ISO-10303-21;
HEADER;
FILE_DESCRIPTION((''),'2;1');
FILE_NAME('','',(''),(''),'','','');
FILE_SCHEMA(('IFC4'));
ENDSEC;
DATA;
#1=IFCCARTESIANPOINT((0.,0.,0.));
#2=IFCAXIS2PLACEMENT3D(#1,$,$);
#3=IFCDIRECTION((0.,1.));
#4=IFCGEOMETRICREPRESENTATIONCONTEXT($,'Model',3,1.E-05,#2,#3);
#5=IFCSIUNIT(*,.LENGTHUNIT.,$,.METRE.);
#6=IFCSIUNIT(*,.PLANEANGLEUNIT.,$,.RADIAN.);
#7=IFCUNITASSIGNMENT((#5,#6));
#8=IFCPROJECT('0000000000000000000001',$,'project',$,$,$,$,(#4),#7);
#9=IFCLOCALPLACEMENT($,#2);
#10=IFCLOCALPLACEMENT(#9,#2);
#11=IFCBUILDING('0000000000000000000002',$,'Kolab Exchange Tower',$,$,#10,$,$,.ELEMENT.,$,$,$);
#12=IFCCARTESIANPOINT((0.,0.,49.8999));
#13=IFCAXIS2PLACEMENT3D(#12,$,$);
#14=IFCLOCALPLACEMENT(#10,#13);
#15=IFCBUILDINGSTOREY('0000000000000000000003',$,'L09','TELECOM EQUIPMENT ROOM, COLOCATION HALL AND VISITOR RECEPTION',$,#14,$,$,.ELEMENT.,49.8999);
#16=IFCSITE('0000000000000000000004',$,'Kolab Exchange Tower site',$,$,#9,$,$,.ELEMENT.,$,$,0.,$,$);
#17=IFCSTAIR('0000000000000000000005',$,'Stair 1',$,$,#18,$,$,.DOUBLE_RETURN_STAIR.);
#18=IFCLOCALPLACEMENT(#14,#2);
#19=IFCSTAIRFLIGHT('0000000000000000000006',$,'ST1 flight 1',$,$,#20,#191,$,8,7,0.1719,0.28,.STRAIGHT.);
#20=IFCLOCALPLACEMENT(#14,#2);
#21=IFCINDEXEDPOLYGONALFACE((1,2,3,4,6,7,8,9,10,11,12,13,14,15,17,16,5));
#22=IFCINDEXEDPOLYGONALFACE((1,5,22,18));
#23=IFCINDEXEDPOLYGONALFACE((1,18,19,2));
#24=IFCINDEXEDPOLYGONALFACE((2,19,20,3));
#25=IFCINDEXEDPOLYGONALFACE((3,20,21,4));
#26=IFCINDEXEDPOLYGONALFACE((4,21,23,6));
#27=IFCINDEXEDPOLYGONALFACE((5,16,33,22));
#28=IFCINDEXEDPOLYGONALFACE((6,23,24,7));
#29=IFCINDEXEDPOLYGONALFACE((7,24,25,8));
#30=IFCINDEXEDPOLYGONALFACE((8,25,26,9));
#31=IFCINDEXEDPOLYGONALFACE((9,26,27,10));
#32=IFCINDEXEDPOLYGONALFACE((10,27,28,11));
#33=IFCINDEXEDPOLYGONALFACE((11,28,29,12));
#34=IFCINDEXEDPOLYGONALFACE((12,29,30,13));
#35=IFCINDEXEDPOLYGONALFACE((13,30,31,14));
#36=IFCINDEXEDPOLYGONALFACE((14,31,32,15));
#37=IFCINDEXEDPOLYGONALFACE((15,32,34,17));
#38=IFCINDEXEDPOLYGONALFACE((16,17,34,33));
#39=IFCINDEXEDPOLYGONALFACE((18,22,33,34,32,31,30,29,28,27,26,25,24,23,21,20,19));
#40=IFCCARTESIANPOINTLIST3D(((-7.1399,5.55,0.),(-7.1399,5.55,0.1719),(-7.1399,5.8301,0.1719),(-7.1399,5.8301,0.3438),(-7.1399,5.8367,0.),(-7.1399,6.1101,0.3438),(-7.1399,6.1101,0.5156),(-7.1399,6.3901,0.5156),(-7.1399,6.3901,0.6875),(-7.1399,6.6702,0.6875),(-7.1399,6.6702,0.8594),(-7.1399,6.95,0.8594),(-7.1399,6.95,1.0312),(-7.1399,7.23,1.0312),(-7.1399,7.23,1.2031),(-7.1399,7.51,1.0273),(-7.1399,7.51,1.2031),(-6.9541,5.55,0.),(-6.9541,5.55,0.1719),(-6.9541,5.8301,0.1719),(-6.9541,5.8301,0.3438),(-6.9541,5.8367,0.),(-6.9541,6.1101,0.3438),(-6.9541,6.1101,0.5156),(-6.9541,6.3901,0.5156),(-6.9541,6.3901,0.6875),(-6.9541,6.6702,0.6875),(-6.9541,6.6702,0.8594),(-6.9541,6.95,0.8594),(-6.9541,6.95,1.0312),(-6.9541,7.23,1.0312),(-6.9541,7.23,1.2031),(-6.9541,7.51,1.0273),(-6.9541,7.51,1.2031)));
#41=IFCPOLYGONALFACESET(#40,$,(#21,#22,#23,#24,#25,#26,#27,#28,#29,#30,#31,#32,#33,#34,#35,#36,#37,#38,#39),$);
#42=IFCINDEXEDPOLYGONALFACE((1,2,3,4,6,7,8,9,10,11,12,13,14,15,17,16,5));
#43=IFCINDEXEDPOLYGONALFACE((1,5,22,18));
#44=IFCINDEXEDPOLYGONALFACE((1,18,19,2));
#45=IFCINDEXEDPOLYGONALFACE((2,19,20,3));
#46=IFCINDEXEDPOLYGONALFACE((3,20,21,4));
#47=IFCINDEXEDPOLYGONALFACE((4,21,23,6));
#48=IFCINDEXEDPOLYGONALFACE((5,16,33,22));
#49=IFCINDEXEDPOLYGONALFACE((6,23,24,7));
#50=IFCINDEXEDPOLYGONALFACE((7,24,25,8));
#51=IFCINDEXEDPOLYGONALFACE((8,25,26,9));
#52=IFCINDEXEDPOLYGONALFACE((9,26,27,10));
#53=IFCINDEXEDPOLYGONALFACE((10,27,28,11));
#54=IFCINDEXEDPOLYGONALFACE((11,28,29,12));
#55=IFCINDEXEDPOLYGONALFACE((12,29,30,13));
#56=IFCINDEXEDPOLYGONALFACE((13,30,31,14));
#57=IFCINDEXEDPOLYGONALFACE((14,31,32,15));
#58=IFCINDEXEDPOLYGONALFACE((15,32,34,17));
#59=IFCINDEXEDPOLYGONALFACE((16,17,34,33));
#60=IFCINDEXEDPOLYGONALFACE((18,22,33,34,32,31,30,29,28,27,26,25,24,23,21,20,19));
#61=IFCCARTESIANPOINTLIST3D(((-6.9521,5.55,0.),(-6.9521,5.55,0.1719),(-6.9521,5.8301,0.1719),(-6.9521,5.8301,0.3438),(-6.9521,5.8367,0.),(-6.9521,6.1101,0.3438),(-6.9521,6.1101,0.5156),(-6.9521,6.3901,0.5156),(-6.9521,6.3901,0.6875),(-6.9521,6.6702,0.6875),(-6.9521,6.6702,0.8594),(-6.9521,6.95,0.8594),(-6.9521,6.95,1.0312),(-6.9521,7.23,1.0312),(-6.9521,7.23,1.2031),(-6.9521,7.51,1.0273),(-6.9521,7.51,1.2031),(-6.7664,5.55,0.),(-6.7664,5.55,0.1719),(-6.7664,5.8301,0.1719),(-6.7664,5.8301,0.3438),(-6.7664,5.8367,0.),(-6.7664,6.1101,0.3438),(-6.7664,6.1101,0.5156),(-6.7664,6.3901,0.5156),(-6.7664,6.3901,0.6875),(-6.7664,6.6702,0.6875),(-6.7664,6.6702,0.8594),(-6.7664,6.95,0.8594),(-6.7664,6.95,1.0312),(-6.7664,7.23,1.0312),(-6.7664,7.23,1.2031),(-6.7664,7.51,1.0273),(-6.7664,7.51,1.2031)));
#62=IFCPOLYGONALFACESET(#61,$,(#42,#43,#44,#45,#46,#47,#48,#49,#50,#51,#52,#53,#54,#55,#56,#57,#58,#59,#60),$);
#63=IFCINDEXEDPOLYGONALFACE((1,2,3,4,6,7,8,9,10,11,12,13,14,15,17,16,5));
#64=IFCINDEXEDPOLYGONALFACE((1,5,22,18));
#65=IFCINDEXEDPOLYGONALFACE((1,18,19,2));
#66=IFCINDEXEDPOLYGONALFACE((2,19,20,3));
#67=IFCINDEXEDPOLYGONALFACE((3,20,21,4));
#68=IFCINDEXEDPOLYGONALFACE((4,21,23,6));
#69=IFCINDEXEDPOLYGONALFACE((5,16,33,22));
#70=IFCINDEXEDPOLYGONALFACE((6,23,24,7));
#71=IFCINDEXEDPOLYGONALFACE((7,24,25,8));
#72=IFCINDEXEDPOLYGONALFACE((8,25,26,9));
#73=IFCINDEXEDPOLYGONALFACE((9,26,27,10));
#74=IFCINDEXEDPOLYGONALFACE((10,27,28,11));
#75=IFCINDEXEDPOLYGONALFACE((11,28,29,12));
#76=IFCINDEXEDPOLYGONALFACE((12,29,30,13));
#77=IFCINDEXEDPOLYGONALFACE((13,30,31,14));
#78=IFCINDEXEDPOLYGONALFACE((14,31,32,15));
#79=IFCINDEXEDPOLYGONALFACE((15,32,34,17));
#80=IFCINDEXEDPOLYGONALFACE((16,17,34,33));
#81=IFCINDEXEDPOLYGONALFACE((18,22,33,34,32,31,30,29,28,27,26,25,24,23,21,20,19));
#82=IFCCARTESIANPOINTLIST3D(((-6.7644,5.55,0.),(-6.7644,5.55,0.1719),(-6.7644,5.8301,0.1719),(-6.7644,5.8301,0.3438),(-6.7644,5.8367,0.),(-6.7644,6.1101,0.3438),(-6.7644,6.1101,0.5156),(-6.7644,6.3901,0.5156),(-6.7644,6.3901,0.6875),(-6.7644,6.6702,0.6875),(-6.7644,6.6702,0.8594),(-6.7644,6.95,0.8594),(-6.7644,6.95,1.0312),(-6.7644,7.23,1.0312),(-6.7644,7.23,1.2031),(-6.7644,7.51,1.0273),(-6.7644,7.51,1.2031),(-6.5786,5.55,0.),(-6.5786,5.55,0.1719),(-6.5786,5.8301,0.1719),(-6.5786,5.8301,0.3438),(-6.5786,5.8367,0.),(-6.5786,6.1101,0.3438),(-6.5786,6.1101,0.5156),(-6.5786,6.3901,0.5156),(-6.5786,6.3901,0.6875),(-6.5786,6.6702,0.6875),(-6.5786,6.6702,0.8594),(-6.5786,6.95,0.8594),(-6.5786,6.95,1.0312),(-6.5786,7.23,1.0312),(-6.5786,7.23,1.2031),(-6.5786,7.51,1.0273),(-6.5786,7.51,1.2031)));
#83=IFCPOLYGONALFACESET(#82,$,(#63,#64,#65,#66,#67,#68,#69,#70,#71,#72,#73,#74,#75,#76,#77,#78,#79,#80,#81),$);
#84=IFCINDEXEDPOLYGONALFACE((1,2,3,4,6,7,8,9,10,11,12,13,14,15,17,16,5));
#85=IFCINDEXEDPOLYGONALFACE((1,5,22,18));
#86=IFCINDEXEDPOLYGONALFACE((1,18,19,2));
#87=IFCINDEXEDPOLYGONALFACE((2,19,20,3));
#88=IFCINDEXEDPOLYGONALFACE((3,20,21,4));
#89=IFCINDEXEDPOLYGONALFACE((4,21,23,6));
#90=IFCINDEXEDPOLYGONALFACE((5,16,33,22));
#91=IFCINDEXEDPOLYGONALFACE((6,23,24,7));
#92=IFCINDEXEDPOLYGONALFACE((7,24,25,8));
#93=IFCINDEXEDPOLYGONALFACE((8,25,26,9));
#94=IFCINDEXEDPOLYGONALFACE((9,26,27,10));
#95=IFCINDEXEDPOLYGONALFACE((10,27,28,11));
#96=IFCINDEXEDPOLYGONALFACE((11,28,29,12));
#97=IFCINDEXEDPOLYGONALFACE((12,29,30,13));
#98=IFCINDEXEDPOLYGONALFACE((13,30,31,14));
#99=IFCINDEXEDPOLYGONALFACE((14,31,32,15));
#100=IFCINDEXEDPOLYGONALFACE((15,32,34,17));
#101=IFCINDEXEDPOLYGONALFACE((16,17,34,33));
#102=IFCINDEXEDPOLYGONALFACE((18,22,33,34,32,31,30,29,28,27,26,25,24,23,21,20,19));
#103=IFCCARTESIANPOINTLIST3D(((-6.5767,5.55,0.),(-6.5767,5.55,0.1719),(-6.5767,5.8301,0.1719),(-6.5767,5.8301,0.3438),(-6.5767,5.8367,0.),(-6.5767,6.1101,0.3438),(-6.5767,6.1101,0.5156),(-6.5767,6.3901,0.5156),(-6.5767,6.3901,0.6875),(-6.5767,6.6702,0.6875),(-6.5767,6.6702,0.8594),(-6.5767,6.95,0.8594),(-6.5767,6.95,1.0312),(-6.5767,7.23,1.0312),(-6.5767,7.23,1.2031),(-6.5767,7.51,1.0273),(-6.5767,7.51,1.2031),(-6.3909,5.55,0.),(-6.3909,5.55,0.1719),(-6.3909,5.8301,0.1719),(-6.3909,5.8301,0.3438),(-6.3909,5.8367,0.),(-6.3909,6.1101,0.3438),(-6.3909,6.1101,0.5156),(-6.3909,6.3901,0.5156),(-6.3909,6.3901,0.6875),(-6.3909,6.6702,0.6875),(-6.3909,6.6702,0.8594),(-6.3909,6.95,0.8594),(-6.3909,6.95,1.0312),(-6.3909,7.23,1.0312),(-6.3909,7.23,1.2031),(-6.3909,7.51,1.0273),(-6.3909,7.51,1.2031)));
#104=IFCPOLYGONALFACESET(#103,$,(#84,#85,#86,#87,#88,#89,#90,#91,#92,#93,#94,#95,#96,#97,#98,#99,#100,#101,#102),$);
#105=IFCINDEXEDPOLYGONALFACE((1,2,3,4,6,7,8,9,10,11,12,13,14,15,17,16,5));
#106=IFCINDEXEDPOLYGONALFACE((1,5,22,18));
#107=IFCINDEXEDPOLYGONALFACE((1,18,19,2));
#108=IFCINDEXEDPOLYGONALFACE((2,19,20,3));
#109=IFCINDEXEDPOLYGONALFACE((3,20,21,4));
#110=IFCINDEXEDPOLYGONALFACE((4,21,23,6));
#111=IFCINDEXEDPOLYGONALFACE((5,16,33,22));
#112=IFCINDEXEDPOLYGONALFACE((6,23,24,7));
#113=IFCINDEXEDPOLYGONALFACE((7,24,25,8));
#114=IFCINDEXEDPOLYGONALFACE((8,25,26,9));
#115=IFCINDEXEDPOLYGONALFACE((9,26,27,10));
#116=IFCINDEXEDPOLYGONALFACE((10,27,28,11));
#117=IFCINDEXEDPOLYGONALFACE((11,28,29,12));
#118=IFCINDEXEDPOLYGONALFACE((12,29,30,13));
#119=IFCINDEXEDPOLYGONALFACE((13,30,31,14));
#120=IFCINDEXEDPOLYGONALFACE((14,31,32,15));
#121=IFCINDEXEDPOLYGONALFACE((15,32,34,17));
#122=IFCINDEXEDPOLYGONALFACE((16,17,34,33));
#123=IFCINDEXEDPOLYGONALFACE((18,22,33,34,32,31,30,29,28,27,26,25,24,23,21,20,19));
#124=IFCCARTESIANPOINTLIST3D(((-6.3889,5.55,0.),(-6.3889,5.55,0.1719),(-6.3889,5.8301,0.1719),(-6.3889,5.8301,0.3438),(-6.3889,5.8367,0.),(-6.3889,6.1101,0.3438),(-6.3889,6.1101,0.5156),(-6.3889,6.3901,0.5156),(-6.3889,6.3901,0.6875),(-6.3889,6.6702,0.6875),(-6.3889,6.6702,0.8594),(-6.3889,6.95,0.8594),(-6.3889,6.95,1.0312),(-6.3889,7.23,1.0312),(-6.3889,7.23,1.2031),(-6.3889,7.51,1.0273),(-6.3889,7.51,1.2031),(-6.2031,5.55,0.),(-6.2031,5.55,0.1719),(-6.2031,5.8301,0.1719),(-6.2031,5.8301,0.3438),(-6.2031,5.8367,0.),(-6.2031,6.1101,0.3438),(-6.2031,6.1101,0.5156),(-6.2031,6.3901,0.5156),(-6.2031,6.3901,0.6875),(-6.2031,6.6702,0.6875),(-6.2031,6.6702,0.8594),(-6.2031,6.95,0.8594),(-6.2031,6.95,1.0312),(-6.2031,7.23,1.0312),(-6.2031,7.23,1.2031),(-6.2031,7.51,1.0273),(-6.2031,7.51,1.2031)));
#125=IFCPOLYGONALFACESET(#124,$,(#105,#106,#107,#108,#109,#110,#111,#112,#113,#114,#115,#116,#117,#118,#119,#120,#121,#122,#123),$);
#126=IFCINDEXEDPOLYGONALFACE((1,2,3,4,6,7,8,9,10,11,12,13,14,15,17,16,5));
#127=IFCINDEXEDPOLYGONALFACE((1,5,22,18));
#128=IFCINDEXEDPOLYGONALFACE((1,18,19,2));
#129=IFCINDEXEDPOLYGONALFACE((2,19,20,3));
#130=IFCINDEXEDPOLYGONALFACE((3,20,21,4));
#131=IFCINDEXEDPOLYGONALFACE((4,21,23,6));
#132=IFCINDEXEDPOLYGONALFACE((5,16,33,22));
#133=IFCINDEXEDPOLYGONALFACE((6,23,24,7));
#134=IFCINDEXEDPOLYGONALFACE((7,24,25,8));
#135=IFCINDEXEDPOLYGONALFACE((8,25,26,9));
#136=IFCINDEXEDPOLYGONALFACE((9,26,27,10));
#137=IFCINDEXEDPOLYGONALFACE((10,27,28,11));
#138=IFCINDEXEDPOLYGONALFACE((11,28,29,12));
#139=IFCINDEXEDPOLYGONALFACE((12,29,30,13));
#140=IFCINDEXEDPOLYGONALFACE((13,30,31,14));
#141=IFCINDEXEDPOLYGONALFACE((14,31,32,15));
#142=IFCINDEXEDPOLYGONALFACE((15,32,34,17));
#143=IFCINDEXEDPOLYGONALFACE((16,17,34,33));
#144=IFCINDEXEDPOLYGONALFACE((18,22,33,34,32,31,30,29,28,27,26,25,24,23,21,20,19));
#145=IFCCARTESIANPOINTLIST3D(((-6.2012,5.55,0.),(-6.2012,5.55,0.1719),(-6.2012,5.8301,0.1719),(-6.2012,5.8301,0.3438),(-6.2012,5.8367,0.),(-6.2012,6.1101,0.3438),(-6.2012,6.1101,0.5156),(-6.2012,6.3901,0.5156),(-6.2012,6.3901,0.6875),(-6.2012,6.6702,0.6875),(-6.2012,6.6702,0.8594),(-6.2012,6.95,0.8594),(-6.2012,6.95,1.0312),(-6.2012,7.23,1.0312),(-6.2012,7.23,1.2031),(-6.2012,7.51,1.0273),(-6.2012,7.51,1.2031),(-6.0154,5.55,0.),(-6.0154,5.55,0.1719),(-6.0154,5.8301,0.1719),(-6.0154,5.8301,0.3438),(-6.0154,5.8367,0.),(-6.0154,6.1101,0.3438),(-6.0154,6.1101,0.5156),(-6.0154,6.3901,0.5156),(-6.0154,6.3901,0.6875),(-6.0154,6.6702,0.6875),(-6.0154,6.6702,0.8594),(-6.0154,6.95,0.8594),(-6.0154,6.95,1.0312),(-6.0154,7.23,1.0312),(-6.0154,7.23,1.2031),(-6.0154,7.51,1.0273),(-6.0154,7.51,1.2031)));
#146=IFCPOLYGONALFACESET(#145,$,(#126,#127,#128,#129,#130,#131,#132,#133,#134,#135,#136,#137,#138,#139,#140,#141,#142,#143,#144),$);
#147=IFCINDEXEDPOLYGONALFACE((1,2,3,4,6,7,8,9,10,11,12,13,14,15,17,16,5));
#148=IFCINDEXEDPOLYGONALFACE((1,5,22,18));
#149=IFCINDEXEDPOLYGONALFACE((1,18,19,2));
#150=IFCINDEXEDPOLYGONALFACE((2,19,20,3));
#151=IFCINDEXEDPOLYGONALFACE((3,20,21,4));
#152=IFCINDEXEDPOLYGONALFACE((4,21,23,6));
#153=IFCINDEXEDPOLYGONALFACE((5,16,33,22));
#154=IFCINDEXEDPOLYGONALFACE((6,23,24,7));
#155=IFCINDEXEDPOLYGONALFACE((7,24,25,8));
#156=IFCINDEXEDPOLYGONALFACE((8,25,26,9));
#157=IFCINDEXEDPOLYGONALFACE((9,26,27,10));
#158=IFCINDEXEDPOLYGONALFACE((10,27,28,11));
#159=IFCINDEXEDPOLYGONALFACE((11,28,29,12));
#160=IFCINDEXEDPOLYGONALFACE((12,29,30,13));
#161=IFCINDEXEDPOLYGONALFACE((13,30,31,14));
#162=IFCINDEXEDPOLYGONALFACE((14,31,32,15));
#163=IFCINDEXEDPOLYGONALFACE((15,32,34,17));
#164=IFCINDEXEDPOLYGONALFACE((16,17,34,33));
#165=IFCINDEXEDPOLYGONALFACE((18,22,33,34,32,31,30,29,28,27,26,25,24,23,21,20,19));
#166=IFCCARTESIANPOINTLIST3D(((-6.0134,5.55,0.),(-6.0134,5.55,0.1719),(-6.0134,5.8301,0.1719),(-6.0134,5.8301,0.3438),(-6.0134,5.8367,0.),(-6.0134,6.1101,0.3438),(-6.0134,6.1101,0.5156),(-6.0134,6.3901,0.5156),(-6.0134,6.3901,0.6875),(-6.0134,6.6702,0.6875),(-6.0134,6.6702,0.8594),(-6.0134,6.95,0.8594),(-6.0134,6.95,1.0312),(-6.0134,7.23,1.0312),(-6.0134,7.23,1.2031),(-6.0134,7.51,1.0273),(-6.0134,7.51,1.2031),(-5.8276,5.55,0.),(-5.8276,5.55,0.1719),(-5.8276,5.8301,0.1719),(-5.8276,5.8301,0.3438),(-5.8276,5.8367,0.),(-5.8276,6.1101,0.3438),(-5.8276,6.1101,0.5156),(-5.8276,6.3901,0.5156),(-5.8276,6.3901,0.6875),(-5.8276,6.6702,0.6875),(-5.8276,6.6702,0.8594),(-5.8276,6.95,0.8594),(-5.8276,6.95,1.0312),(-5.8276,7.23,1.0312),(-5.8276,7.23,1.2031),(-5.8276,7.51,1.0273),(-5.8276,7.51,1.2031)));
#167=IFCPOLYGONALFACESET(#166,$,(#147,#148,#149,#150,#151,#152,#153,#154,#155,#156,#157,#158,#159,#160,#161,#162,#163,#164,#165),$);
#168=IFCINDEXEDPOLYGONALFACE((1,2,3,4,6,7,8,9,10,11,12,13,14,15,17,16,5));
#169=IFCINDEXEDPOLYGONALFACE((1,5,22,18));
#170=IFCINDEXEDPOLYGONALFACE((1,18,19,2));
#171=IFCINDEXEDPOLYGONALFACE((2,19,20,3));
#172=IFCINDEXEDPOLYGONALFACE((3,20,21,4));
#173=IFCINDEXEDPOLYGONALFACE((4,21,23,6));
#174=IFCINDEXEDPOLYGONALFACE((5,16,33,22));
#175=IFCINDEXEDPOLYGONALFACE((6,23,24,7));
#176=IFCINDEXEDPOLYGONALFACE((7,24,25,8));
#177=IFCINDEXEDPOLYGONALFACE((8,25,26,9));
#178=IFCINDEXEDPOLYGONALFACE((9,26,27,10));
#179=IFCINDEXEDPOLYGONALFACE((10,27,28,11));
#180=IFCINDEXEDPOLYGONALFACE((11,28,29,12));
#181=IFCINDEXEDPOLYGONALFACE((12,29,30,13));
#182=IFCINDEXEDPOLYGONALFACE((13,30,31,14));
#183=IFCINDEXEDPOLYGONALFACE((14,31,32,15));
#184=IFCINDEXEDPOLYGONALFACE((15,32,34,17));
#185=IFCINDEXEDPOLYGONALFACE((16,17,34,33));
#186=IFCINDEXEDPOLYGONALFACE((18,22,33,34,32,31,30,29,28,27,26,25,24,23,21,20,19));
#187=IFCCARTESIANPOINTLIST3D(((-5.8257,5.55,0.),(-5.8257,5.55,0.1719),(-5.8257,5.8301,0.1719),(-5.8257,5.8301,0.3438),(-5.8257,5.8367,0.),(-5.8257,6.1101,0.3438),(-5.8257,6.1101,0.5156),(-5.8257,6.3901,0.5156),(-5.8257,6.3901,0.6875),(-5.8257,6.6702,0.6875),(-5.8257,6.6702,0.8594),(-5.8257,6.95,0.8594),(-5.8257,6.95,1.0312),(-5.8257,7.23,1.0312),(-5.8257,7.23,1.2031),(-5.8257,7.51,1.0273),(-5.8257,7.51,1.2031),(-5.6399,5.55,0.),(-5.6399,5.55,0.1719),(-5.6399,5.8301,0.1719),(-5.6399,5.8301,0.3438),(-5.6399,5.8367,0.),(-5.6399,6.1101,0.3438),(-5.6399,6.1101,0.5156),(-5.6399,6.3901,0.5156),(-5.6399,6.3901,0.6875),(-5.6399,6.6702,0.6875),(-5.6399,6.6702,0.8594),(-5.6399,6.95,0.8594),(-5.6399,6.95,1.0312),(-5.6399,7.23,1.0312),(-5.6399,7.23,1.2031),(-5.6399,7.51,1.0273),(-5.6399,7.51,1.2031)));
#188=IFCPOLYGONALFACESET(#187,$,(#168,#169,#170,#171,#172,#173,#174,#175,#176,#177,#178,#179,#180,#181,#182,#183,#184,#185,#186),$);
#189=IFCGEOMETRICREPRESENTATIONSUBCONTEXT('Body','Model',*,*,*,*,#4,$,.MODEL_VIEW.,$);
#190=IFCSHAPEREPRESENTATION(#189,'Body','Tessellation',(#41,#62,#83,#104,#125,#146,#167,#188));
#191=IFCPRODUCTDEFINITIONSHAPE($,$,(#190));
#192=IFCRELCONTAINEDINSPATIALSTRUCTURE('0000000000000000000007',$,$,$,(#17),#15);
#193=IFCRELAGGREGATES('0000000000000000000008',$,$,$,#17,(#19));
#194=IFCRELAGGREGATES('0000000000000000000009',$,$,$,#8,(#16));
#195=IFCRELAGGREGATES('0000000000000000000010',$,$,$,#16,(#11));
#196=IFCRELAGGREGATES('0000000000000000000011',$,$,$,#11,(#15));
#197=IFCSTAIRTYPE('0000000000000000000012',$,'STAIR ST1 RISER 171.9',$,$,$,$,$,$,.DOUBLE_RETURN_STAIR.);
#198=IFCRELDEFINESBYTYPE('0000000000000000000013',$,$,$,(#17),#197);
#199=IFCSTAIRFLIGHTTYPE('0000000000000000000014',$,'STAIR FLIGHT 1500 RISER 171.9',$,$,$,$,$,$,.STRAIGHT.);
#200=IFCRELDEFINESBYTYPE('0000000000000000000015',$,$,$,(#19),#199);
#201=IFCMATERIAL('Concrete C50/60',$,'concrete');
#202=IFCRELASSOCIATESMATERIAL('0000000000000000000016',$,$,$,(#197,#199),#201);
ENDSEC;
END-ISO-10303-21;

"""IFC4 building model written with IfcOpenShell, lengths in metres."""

from ifc_helpers import new_model, si_unit, direction, frame, origin, place, context, subcontext, project, spatial, polyline, outline, extrude, material, type_object, element, aggregate, save


model = new_model("IFC4")

# Units and contexts
model_context = context("Model", 3, precision=1e-05, world=origin(), true_north=direction((0.0, 1.0)))
body_context = subcontext(model_context, "Body", "Model", "MODEL_VIEW")
ifc_project = project(units=[si_unit("LENGTHUNIT", "METRE"), si_unit("PLANEANGLEUNIT", "RADIAN")], contexts=[model_context])

# Site, building, storey
site_placement = place(None, origin())
site = spatial("IfcSite", under=ifc_project, at=site_placement, Name="Kolab Exchange Tower site", CompositionType="ELEMENT", RefElevation=0.0)
building_placement = place(site_placement, origin())
building = spatial("IfcBuilding", under=site, at=building_placement, Name="Kolab Exchange Tower", CompositionType="ELEMENT")
storey_placement = place(building_placement, frame((0.0, 0.0, 49.8999)))
storey = spatial("IfcBuildingStorey", under=building, at=storey_placement, Name="L09", Description="TELECOM EQUIPMENT ROOM, COLOCATION HALL AND VISITOR RECEPTION", CompositionType="ELEMENT", Elevation=49.8999)

# Shared definitions
ifc_material_1 = material(Name="Concrete C50/60", Category="concrete")

# Stair, stair flight
stair_type = type_object("IfcStairType", Name="STAIR ST1 RISER 171.9", PredefinedType="DOUBLE_RETURN_STAIR", material=ifc_material_1)
stair_placement = place(storey_placement, origin())
stair = element("IfcStair", 1, at=stair_placement, inside=storey, type_object=stair_type, Name="Stair 1", PredefinedType="DOUBLE_RETURN_STAIR")
stair_flight_type = type_object("IfcStairFlightType", Name="STAIR FLIGHT 1500 RISER 171.9", PredefinedType="STRAIGHT", material=ifc_material_1)
stair_flight_1_placement = place(storey_placement, frame((-6.3899, 5.55, 0.0), z_axis=(0.0, 0.0, 1.0), x_axis=(0.0, 1.0, 0.0)))
stair_flight_1 = element("IfcStairFlight", 2, at=stair_flight_1_placement, type_object=stair_flight_type, Name="ST1 flight 1", NumberOfRisers=8, NumberOfTreads=7, PredefinedType="STRAIGHT", RiserHeight=0.1719, TreadLength=0.28, context=body_context, shape_type="SweptSolid", body=[
    extrude(outline(polyline([(0.0, 0.0), (0.0, 0.1719), (0.28, 0.1719), (0.28, 0.3438), (0.5601, 0.3438), (0.5601, 0.5156), (0.8401, 0.5156), (0.8401, 0.6875), (1.1201, 0.6875), (1.1201, 0.8594), (1.3999, 0.8594), (1.3999, 1.0312), (1.6799, 1.0312), (1.6799, 1.2031), (1.96, 1.2031), (1.96, 1.375), (1.96, 1.0273), (0.2866, 0.0), (0.0, 0.0)])), frame((0.0, 0.75, 0.0), z_axis=(0.0, -1.0, 0.0), x_axis=(1.0, 0.0, 0.0)), (0.0, 0.0, 1.0), 0.1858),
    extrude(outline(polyline([(0.0, 0.0), (0.0, 0.1719), (0.28, 0.1719), (0.28, 0.3438), (0.5601, 0.3438), (0.5601, 0.5156), (0.8401, 0.5156), (0.8401, 0.6875), (1.1201, 0.6875), (1.1201, 0.8594), (1.3999, 0.8594), (1.3999, 1.0312), (1.6799, 1.0312), (1.6799, 1.2031), (1.96, 1.2031), (1.96, 1.375), (1.96, 1.0273), (0.2866, 0.0), (0.0, 0.0)])), frame((0.0, 0.5623, 0.0), z_axis=(0.0, -1.0, 0.0), x_axis=(1.0, 0.0, 0.0)), (0.0, 0.0, 1.0), 0.1858),
    extrude(outline(polyline([(0.0, 0.0), (0.0, 0.1719), (0.28, 0.1719), (0.28, 0.3438), (0.5601, 0.3438), (0.5601, 0.5156), (0.8401, 0.5156), (0.8401, 0.6875), (1.1201, 0.6875), (1.1201, 0.8594), (1.3999, 0.8594), (1.3999, 1.0312), (1.6799, 1.0312), (1.6799, 1.2031), (1.96, 1.2031), (1.96, 1.375), (1.96, 1.0273), (0.2866, 0.0), (0.0, 0.0)])), frame((0.0, 0.3745, 0.0), z_axis=(0.0, -1.0, 0.0), x_axis=(1.0, 0.0, 0.0)), (0.0, 0.0, 1.0), 0.1858),
    extrude(outline(polyline([(0.0, 0.0), (0.0, 0.1719), (0.28, 0.1719), (0.28, 0.3438), (0.5601, 0.3438), (0.5601, 0.5156), (0.8401, 0.5156), (0.8401, 0.6875), (1.1201, 0.6875), (1.1201, 0.8594), (1.3999, 0.8594), (1.3999, 1.0312), (1.6799, 1.0312), (1.6799, 1.2031), (1.96, 1.2031), (1.96, 1.375), (1.96, 1.0273), (0.2866, 0.0), (0.0, 0.0)])), frame((0.0, 0.1868, 0.0), z_axis=(0.0, -1.0, 0.0), x_axis=(1.0, 0.0, 0.0)), (0.0, 0.0, 1.0), 0.1858),
    extrude(outline(polyline([(0.0, 0.0), (0.0, 0.1719), (0.28, 0.1719), (0.28, 0.3438), (0.5601, 0.3438), (0.5601, 0.5156), (0.8401, 0.5156), (0.8401, 0.6875), (1.1201, 0.6875), (1.1201, 0.8594), (1.3999, 0.8594), (1.3999, 1.0312), (1.6799, 1.0312), (1.6799, 1.2031), (1.96, 1.2031), (1.96, 1.375), (1.96, 1.0273), (0.2866, 0.0), (0.0, 0.0)])), frame((0.0, -0.001, 0.0), z_axis=(0.0, -1.0, 0.0), x_axis=(1.0, 0.0, 0.0)), (0.0, 0.0, 1.0), 0.1858),
    extrude(outline(polyline([(0.0, 0.0), (0.0, 0.1719), (0.28, 0.1719), (0.28, 0.3438), (0.5601, 0.3438), (0.5601, 0.5156), (0.8401, 0.5156), (0.8401, 0.6875), (1.1201, 0.6875), (1.1201, 0.8594), (1.3999, 0.8594), (1.3999, 1.0312), (1.6799, 1.0312), (1.6799, 1.2031), (1.96, 1.2031), (1.96, 1.375), (1.96, 1.0273), (0.2866, 0.0), (0.0, 0.0)])), frame((0.0, -0.1887, 0.0), z_axis=(0.0, -1.0, 0.0), x_axis=(1.0, 0.0, 0.0)), (0.0, 0.0, 1.0), 0.1858),
    extrude(outline(polyline([(0.0, 0.0), (0.0, 0.1719), (0.28, 0.1719), (0.28, 0.3438), (0.5601, 0.3438), (0.5601, 0.5156), (0.8401, 0.5156), (0.8401, 0.6875), (1.1201, 0.6875), (1.1201, 0.8594), (1.3999, 0.8594), (1.3999, 1.0312), (1.6799, 1.0312), (1.6799, 1.2031), (1.96, 1.2031), (1.96, 1.375), (1.96, 1.0273), (0.2866, 0.0), (0.0, 0.0)])), frame((0.0, -0.3765, 0.0), z_axis=(0.0, -1.0, 0.0), x_axis=(1.0, 0.0, 0.0)), (0.0, 0.0, 1.0), 0.1858),
    extrude(outline(polyline([(0.0, 0.0), (0.0, 0.1719), (0.28, 0.1719), (0.28, 0.3438), (0.5601, 0.3438), (0.5601, 0.5156), (0.8401, 0.5156), (0.8401, 0.6875), (1.1201, 0.6875), (1.1201, 0.8594), (1.3999, 0.8594), (1.3999, 1.0312), (1.6799, 1.0312), (1.6799, 1.2031), (1.96, 1.2031), (1.96, 1.375), (1.96, 1.0273), (0.2866, 0.0), (0.0, 0.0)])), frame((0.0, -0.5642, 0.0), z_axis=(0.0, -1.0, 0.0), x_axis=(1.0, 0.0, 0.0)), (0.0, 0.0, 1.0), 0.1858),
])
aggregate(stair, [stair_flight_1])

save(model, "model.ifc")
